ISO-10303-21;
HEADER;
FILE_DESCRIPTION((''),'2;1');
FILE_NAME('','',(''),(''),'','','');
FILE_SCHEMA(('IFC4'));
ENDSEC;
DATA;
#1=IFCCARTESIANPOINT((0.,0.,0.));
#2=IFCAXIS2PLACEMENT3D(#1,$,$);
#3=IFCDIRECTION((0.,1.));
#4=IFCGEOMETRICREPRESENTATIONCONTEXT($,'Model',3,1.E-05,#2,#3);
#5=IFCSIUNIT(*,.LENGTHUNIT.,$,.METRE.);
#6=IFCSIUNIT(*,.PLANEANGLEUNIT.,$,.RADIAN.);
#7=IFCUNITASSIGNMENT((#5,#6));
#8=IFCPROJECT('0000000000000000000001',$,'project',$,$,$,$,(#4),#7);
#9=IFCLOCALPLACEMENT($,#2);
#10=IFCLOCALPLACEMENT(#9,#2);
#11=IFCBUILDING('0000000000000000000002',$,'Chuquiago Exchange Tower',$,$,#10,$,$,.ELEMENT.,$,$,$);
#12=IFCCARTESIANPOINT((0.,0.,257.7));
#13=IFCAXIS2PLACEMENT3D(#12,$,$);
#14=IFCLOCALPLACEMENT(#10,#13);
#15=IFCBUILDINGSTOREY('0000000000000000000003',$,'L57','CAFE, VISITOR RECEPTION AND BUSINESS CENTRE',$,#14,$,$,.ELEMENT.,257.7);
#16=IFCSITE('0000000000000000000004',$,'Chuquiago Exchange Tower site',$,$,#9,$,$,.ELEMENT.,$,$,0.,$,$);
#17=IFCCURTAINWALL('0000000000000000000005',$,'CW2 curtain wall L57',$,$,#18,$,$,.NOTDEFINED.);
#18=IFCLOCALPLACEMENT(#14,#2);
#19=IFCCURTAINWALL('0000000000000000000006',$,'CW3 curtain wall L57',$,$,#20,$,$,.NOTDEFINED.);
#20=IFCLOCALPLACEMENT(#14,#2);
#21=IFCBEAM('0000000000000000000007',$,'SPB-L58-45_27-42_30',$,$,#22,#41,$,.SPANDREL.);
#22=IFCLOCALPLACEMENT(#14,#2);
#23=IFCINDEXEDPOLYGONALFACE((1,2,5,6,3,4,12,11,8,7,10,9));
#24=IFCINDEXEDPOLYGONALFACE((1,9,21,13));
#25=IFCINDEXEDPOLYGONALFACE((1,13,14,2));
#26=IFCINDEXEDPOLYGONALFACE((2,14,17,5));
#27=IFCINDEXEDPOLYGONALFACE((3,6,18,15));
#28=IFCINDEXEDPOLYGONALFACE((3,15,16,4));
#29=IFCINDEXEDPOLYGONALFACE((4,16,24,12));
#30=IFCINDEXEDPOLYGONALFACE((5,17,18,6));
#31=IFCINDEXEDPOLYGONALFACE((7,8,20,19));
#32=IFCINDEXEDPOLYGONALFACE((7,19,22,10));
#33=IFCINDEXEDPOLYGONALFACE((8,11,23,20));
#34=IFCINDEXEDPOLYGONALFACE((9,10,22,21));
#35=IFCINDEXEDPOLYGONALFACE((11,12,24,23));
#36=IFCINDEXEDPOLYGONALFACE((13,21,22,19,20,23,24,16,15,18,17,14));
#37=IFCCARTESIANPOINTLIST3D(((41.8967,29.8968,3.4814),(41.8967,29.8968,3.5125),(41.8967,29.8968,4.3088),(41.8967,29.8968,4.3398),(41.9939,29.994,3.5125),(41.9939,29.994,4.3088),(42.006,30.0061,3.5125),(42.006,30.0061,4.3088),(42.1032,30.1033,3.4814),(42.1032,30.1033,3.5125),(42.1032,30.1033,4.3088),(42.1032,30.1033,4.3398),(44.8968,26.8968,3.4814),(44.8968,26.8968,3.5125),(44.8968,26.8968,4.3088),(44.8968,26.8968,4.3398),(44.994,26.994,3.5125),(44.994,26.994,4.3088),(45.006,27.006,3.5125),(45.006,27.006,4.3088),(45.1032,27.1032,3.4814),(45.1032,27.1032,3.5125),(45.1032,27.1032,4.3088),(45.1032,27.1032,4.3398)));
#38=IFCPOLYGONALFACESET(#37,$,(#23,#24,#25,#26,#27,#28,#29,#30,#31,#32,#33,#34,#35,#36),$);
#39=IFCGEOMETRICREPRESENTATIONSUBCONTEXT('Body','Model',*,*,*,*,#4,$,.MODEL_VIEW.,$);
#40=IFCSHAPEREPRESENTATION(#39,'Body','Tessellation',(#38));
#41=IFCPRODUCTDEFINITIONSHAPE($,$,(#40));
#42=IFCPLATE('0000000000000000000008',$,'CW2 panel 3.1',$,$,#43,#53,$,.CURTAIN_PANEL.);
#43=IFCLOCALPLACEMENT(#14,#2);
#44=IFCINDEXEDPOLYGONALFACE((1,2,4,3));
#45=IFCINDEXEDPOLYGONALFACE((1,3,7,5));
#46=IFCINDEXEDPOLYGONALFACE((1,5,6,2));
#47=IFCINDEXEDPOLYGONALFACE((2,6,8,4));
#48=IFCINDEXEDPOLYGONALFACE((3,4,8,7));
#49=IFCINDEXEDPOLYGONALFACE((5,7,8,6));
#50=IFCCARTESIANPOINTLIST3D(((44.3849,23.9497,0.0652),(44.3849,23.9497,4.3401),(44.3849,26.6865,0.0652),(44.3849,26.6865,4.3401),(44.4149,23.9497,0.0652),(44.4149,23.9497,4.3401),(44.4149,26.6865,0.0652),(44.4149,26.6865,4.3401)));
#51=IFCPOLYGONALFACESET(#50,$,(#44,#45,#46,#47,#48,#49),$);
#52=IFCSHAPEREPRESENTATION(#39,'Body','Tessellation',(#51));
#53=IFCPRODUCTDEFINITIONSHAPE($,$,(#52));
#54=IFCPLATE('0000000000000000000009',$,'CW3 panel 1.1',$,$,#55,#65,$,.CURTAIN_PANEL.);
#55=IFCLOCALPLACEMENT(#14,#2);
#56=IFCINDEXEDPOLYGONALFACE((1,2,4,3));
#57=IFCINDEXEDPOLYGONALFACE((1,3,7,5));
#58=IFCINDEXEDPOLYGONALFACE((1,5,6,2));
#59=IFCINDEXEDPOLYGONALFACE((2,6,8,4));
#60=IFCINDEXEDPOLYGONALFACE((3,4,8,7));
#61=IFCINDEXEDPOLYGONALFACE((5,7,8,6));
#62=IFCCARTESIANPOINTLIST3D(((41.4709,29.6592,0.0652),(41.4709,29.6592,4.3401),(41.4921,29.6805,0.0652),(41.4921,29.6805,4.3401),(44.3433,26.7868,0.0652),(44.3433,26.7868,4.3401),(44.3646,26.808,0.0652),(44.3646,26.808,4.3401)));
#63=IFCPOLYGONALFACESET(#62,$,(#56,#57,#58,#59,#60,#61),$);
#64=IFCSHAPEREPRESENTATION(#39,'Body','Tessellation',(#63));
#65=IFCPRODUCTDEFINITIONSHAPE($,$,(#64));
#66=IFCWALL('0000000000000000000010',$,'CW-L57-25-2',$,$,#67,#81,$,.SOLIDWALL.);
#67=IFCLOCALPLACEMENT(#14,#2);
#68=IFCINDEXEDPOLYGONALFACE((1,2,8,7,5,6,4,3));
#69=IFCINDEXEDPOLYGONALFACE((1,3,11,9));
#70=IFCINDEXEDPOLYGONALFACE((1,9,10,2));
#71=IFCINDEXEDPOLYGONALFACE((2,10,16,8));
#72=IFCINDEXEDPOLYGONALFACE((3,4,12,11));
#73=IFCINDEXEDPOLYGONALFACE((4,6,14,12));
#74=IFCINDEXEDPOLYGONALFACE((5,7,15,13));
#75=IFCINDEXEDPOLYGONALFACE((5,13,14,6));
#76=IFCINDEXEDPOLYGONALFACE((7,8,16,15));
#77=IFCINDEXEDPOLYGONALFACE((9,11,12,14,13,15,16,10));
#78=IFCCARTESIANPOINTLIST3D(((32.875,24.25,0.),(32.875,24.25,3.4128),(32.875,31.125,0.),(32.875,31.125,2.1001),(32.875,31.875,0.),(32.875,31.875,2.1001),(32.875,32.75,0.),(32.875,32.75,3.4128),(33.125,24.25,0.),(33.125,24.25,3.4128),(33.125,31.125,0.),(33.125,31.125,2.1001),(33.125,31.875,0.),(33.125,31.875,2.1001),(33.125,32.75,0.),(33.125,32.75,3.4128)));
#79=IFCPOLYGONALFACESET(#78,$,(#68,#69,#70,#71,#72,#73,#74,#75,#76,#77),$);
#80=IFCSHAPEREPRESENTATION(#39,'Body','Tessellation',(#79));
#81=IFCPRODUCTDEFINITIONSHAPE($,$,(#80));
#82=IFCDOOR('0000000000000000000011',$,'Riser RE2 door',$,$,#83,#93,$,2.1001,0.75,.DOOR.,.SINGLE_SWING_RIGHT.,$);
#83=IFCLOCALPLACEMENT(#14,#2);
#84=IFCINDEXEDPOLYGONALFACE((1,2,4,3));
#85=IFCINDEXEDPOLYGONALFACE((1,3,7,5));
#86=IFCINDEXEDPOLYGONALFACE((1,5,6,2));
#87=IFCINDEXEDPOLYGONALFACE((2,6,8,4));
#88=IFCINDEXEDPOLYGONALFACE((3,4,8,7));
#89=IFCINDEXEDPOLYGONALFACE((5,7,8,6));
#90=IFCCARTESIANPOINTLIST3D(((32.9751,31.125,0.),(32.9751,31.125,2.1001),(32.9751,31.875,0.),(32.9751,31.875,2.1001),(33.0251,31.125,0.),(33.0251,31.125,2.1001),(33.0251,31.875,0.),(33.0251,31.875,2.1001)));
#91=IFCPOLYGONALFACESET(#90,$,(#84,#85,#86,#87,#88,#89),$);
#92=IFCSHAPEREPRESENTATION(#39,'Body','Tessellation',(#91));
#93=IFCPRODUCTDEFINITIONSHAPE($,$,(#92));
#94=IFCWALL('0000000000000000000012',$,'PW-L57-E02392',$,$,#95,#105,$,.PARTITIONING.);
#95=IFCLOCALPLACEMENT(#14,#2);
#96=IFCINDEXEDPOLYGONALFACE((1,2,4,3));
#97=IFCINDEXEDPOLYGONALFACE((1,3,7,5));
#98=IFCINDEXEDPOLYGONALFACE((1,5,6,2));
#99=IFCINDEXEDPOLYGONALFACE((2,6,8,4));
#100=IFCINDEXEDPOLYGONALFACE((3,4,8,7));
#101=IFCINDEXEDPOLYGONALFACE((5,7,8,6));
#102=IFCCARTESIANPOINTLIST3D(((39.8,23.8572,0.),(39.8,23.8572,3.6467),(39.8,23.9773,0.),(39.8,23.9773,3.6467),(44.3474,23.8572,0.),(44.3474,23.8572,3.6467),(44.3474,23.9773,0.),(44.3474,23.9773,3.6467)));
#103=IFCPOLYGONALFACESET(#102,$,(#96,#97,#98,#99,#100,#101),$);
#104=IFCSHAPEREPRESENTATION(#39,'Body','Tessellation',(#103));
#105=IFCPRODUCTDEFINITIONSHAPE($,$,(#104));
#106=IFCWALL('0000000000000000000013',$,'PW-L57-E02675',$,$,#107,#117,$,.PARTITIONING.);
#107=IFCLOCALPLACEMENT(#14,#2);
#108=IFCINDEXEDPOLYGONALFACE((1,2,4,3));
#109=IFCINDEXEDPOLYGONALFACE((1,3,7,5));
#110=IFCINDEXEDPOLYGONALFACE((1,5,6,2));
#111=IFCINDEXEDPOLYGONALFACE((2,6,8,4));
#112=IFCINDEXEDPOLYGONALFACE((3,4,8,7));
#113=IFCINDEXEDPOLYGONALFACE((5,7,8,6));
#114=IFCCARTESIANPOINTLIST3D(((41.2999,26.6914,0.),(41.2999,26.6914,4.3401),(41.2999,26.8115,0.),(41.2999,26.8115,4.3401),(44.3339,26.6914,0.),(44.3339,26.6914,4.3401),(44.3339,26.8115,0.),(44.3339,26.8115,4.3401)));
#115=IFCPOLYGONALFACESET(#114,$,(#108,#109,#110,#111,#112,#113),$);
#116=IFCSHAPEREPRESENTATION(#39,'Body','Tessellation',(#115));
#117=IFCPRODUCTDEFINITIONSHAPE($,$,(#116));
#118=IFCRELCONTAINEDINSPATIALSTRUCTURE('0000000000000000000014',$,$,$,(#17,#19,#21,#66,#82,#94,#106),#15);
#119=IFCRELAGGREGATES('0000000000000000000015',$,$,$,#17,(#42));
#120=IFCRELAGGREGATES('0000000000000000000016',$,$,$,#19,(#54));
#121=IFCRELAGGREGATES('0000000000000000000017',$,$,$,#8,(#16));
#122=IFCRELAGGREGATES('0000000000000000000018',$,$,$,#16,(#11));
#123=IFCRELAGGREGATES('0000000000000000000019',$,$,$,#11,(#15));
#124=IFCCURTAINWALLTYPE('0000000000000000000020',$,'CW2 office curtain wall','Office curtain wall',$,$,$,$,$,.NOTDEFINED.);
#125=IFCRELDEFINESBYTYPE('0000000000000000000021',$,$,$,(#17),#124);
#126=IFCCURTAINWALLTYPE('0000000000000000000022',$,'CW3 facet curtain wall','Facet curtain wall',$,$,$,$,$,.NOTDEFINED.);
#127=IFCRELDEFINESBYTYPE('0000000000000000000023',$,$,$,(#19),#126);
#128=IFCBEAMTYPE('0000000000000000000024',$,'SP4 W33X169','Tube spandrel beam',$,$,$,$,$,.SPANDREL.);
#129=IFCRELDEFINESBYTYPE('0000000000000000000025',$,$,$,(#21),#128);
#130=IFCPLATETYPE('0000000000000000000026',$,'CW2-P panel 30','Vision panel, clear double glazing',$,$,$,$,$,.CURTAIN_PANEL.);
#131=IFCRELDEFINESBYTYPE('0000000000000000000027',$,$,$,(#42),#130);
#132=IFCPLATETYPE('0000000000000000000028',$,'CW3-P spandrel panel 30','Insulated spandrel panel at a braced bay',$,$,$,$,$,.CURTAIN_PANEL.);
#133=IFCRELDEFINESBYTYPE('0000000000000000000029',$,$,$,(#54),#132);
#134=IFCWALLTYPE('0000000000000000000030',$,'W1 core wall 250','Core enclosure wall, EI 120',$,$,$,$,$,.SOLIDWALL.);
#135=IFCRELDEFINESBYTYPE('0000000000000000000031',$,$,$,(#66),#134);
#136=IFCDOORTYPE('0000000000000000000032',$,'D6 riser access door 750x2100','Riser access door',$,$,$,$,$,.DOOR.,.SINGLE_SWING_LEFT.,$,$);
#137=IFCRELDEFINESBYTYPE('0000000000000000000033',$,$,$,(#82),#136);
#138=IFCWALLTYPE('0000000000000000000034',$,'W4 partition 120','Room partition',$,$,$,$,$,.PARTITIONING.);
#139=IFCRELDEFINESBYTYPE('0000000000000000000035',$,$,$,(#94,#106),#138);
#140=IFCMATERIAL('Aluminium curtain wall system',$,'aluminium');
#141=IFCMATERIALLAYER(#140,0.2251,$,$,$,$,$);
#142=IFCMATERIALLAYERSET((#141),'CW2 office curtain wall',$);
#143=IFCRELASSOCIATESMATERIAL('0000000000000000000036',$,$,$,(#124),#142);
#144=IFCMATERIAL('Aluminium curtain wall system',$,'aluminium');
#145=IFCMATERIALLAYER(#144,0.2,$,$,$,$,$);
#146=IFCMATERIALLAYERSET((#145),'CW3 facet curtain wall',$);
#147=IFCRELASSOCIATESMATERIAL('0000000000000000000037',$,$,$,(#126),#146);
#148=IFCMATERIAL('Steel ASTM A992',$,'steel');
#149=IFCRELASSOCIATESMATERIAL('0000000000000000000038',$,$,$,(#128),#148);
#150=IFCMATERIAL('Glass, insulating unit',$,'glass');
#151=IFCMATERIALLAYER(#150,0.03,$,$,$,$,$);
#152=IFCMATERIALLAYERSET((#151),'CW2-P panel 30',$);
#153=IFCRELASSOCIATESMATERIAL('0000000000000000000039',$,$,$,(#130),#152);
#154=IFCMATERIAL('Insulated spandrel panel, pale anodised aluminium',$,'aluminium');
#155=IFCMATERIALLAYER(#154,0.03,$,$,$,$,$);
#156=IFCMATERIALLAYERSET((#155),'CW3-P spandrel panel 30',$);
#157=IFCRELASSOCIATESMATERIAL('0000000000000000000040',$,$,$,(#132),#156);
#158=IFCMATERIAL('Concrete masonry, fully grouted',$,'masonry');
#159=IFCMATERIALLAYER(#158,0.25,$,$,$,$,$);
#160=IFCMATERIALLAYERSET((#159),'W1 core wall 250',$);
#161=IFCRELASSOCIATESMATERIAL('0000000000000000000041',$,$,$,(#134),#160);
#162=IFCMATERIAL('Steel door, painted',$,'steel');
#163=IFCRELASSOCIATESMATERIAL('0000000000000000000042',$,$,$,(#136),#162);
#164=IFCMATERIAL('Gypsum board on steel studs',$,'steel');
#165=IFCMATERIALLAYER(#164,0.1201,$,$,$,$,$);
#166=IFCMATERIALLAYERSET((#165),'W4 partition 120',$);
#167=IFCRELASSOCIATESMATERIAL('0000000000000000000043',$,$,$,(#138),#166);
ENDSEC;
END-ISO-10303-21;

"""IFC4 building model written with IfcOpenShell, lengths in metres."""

from ifc_helpers import new_model, si_unit, direction, frame, frame_2d, origin, origin_2d, place, context, subcontext, project, spatial, rectangle, i_section, extrude, material, layer, layer_set, material_profile, profile_set, type_object, element, fill, aggregate, save


model = new_model("IFC4")

# Units and contexts
model_context = context("Model", 3, precision=1e-05, world=origin(), true_north=direction((0.0, 1.0)))
body_context = subcontext(model_context, "Body", "Model", "MODEL_VIEW")
ifc_project = project(units=[si_unit("LENGTHUNIT", "METRE"), si_unit("PLANEANGLEUNIT", "RADIAN")], contexts=[model_context])

# Site, building, storey
site_placement = place(None, origin())
site = spatial("IfcSite", under=ifc_project, at=site_placement, Name="Chuquiago Exchange Tower site", CompositionType="ELEMENT", RefElevation=0.0)
building_placement = place(site_placement, origin())
building = spatial("IfcBuilding", under=site, at=building_placement, Name="Chuquiago Exchange Tower", CompositionType="ELEMENT")
storey_placement = place(building_placement, frame((0.0, 0.0, 257.7)))
storey = spatial("IfcBuildingStorey", under=building, at=storey_placement, Name="L57", Description="CAFE, VISITOR RECEPTION AND BUSINESS CENTRE", CompositionType="ELEMENT", Elevation=257.7)

# Curtain walls
ifc_material_1 = material(Name="Aluminium curtain wall system", Category="aluminium")
ifc_layer_1 = layer(ifc_material_1, 0.2251)
ifc_layer_set_1 = layer_set([ifc_layer_1], Name="CW2 office curtain wall")
curtain_wall_type_1 = type_object("IfcCurtainWallType", Name="CW2 office curtain wall", Description="Office curtain wall", PredefinedType="NOTDEFINED", material=ifc_layer_set_1)
curtain_wall_1_placement = place(storey_placement, origin())
curtain_wall_1 = element("IfcCurtainWall", 1, at=curtain_wall_1_placement, inside=storey, type_object=curtain_wall_type_1, Name="CW2 curtain wall L57", PredefinedType="NOTDEFINED")
ifc_material_2 = material(Name="Aluminium curtain wall system", Category="aluminium")
ifc_layer_2 = layer(ifc_material_2, 0.2)
ifc_layer_set_2 = layer_set([ifc_layer_2], Name="CW3 facet curtain wall")
curtain_wall_type_2 = type_object("IfcCurtainWallType", Name="CW3 facet curtain wall", Description="Facet curtain wall", PredefinedType="NOTDEFINED", material=ifc_layer_set_2)
curtain_wall_2_placement = place(storey_placement, origin())
curtain_wall_2 = element("IfcCurtainWall", 2, at=curtain_wall_2_placement, inside=storey, type_object=curtain_wall_type_2, Name="CW3 curtain wall L57", PredefinedType="NOTDEFINED")

# Beam
ifc_material_3 = material(Name="Steel ASTM A992", Category="steel")
ifc_material_profile_1 = material_profile(ifc_material_3, i_section(OverallWidth=0.292, OverallDepth=0.8584, WebThickness=0.0171, FlangeThickness=0.031, at=origin_2d()), Name="W33X169")
ifc_profile_set_1 = profile_set([ifc_material_profile_1], Name="Steel ASTM A992")
beam_type_1 = type_object("IfcBeamType", Name="SP4 W33X169", Description="Tube spandrel beam", PredefinedType="SPANDREL", material=ifc_profile_set_1)
beam_1_placement = place(storey_placement, frame((45.0, 27.0, 3.9106), z_axis=(-0.707107, 0.707107, 0.0), x_axis=(-0.707107, -0.707107, 0.0)))
element("IfcBeam", 3, at=beam_1_placement, inside=storey, type_object=beam_type_1, Name="SPB-L58-45_27-42_30", PredefinedType="SPANDREL", context=body_context, shape_type="SweptSolid", body=[
    extrude(i_section(OverallWidth=0.292, OverallDepth=0.8584, WebThickness=0.0171, FlangeThickness=0.031, at=origin_2d()), origin(), (0.0, 0.0, 1.0), 4.2427),
])

# Plates
ifc_material_4 = material(Name="Glass, insulating unit", Category="glass")
ifc_layer_3 = layer(ifc_material_4, 0.03)
ifc_layer_set_3 = layer_set([ifc_layer_3], Name="CW2-P panel 30")
plate_type_1 = type_object("IfcPlateType", Name="CW2-P panel 30", Description="Vision panel, clear double glazing", PredefinedType="CURTAIN_PANEL", material=ifc_layer_set_3)
plate_1_placement = place(storey_placement, frame((44.3999, 25.3181, 0.0652), z_axis=(0.0, 0.0, 1.0), x_axis=(0.0, 1.0, 0.0)))
plate_1 = element("IfcPlate", 4, at=plate_1_placement, type_object=plate_type_1, Name="CW2 panel 3.1", PredefinedType="CURTAIN_PANEL", context=body_context, shape_type="SweptSolid", body=[
    extrude(rectangle(XDim=2.7368, YDim=0.03, at=origin_2d()), origin(), (0.0, 0.0, 1.0), 4.2749),
])
aggregate(curtain_wall_1, [plate_1])
ifc_material_5 = material(Name="Insulated spandrel panel, pale anodised aluminium", Category="aluminium")
ifc_layer_4 = layer(ifc_material_5, 0.03)
ifc_layer_set_4 = layer_set([ifc_layer_4], Name="CW3-P spandrel panel 30")
plate_type_2 = type_object("IfcPlateType", Name="CW3-P spandrel panel 30", Description="Insulated spandrel panel at a braced bay", PredefinedType="CURTAIN_PANEL", material=ifc_layer_set_4)
plate_2_placement = place(storey_placement, frame((42.9177, 28.2336, 0.0652), z_axis=(0.0, 0.0, 1.0), x_axis=(-0.707107, 0.707107, 0.0)))
plate_2 = element("IfcPlate", 5, at=plate_2_placement, type_object=plate_type_2, Name="CW3 panel 1.1", PredefinedType="CURTAIN_PANEL", context=body_context, shape_type="SweptSolid", body=[
    extrude(rectangle(XDim=4.0623, YDim=0.03, at=origin_2d()), origin(), (0.0, 0.0, 1.0), 4.2749),
])
aggregate(curtain_wall_2, [plate_2])

# Wall, opening, door
ifc_material_6 = material(Name="Concrete masonry, fully grouted", Category="masonry")
ifc_layer_5 = layer(ifc_material_6, 0.25)
ifc_layer_set_5 = layer_set([ifc_layer_5], Name="W1 core wall 250")
wall_type_1 = type_object("IfcWallType", Name="W1 core wall 250", Description="Core enclosure wall, EI 120", PredefinedType="SOLIDWALL", material=ifc_layer_set_5)
wall_1_placement = place(storey_placement, frame((33.0, 24.25, 0.0), z_axis=(0.0, 0.0, 1.0), x_axis=(0.0, 1.0, 0.0)))
wall_1 = element("IfcWall", 6, at=wall_1_placement, inside=storey, type_object=wall_type_1, Name="CW-L57-25-2", PredefinedType="SOLIDWALL", context=body_context, shape_type="SweptSolid", body=[
    extrude(rectangle(XDim=8.5, YDim=0.25, at=frame_2d((4.25, 0.0))), origin(), (0.0, 0.0, 1.0), 3.4128),
])
opening_placement = place(wall_1_placement, frame((6.875, 0.0, 0.0)))
opening = element("IfcOpeningElement", 7, at=opening_placement, cuts=wall_1, PredefinedType="OPENING", context=body_context, shape_type="SweptSolid", body=[
    extrude(rectangle(XDim=0.75, YDim=2.1001, at=frame_2d((0.375, 1.05))), frame((0.0, 0.135, 0.0), z_axis=(0.0, -1.0, 0.0), x_axis=(1.0, 0.0, 0.0)), (0.0, 0.0, 1.0), 0.27),
])
ifc_material_7 = material(Name="Steel door, painted", Category="steel")
door_type = type_object("IfcDoorType", Name="D6 riser access door 750x2100", Description="Riser access door", OperationType="SINGLE_SWING_LEFT", PredefinedType="DOOR", material=ifc_material_7)
door_placement = place(opening_placement, origin())
door = element("IfcDoor", 8, at=door_placement, inside=storey, type_object=door_type, Name="Riser RE2 door", OperationType="SINGLE_SWING_RIGHT", OverallHeight=2.1001, OverallWidth=0.75, PredefinedType="DOOR", context=body_context, shape_type="SweptSolid", body=[
    extrude(rectangle(XDim=0.75, YDim=2.1001, at=frame_2d((0.375, 1.05))), frame((0.0, 0.0249, 0.0), z_axis=(0.0, -1.0, 0.0), x_axis=(1.0, 0.0, 0.0)), (0.0, 0.0, 1.0), 0.05),
])
fill(opening, door)

# Walls
ifc_material_8 = material(Name="Gypsum board on steel studs", Category="steel")
ifc_layer_6 = layer(ifc_material_8, 0.1201)
ifc_layer_set_6 = layer_set([ifc_layer_6], Name="W4 partition 120")
wall_type_2 = type_object("IfcWallType", Name="W4 partition 120", Description="Room partition", PredefinedType="PARTITIONING", material=ifc_layer_set_6)
wall_2_placement = place(storey_placement, frame((44.3474, 23.9172, 0.0), z_axis=(0.0, 0.0, 1.0), x_axis=(-1.0, 0.0, 0.0)))
element("IfcWall", 9, at=wall_2_placement, inside=storey, type_object=wall_type_2, Name="PW-L57-E02392", PredefinedType="PARTITIONING", context=body_context, shape_type="SweptSolid", body=[
    extrude(rectangle(XDim=4.5474, YDim=0.1201, at=frame_2d((2.2737, 0.0))), origin(), (0.0, 0.0, 1.0), 3.6467),
])
wall_3_placement = place(storey_placement, frame((44.334, 26.7515, 0.0), z_axis=(0.0, 0.0, 1.0), x_axis=(-1.0, 0.0, 0.0)))
element("IfcWall", 10, at=wall_3_placement, inside=storey, type_object=wall_type_2, Name="PW-L57-E02675", PredefinedType="PARTITIONING", context=body_context, shape_type="SweptSolid", body=[
    extrude(rectangle(XDim=3.0339, YDim=0.1201, at=frame_2d((1.5171, 0.0))), origin(), (0.0, 0.0, 1.0), 4.3401),
])

save(model, "model.ifc")
